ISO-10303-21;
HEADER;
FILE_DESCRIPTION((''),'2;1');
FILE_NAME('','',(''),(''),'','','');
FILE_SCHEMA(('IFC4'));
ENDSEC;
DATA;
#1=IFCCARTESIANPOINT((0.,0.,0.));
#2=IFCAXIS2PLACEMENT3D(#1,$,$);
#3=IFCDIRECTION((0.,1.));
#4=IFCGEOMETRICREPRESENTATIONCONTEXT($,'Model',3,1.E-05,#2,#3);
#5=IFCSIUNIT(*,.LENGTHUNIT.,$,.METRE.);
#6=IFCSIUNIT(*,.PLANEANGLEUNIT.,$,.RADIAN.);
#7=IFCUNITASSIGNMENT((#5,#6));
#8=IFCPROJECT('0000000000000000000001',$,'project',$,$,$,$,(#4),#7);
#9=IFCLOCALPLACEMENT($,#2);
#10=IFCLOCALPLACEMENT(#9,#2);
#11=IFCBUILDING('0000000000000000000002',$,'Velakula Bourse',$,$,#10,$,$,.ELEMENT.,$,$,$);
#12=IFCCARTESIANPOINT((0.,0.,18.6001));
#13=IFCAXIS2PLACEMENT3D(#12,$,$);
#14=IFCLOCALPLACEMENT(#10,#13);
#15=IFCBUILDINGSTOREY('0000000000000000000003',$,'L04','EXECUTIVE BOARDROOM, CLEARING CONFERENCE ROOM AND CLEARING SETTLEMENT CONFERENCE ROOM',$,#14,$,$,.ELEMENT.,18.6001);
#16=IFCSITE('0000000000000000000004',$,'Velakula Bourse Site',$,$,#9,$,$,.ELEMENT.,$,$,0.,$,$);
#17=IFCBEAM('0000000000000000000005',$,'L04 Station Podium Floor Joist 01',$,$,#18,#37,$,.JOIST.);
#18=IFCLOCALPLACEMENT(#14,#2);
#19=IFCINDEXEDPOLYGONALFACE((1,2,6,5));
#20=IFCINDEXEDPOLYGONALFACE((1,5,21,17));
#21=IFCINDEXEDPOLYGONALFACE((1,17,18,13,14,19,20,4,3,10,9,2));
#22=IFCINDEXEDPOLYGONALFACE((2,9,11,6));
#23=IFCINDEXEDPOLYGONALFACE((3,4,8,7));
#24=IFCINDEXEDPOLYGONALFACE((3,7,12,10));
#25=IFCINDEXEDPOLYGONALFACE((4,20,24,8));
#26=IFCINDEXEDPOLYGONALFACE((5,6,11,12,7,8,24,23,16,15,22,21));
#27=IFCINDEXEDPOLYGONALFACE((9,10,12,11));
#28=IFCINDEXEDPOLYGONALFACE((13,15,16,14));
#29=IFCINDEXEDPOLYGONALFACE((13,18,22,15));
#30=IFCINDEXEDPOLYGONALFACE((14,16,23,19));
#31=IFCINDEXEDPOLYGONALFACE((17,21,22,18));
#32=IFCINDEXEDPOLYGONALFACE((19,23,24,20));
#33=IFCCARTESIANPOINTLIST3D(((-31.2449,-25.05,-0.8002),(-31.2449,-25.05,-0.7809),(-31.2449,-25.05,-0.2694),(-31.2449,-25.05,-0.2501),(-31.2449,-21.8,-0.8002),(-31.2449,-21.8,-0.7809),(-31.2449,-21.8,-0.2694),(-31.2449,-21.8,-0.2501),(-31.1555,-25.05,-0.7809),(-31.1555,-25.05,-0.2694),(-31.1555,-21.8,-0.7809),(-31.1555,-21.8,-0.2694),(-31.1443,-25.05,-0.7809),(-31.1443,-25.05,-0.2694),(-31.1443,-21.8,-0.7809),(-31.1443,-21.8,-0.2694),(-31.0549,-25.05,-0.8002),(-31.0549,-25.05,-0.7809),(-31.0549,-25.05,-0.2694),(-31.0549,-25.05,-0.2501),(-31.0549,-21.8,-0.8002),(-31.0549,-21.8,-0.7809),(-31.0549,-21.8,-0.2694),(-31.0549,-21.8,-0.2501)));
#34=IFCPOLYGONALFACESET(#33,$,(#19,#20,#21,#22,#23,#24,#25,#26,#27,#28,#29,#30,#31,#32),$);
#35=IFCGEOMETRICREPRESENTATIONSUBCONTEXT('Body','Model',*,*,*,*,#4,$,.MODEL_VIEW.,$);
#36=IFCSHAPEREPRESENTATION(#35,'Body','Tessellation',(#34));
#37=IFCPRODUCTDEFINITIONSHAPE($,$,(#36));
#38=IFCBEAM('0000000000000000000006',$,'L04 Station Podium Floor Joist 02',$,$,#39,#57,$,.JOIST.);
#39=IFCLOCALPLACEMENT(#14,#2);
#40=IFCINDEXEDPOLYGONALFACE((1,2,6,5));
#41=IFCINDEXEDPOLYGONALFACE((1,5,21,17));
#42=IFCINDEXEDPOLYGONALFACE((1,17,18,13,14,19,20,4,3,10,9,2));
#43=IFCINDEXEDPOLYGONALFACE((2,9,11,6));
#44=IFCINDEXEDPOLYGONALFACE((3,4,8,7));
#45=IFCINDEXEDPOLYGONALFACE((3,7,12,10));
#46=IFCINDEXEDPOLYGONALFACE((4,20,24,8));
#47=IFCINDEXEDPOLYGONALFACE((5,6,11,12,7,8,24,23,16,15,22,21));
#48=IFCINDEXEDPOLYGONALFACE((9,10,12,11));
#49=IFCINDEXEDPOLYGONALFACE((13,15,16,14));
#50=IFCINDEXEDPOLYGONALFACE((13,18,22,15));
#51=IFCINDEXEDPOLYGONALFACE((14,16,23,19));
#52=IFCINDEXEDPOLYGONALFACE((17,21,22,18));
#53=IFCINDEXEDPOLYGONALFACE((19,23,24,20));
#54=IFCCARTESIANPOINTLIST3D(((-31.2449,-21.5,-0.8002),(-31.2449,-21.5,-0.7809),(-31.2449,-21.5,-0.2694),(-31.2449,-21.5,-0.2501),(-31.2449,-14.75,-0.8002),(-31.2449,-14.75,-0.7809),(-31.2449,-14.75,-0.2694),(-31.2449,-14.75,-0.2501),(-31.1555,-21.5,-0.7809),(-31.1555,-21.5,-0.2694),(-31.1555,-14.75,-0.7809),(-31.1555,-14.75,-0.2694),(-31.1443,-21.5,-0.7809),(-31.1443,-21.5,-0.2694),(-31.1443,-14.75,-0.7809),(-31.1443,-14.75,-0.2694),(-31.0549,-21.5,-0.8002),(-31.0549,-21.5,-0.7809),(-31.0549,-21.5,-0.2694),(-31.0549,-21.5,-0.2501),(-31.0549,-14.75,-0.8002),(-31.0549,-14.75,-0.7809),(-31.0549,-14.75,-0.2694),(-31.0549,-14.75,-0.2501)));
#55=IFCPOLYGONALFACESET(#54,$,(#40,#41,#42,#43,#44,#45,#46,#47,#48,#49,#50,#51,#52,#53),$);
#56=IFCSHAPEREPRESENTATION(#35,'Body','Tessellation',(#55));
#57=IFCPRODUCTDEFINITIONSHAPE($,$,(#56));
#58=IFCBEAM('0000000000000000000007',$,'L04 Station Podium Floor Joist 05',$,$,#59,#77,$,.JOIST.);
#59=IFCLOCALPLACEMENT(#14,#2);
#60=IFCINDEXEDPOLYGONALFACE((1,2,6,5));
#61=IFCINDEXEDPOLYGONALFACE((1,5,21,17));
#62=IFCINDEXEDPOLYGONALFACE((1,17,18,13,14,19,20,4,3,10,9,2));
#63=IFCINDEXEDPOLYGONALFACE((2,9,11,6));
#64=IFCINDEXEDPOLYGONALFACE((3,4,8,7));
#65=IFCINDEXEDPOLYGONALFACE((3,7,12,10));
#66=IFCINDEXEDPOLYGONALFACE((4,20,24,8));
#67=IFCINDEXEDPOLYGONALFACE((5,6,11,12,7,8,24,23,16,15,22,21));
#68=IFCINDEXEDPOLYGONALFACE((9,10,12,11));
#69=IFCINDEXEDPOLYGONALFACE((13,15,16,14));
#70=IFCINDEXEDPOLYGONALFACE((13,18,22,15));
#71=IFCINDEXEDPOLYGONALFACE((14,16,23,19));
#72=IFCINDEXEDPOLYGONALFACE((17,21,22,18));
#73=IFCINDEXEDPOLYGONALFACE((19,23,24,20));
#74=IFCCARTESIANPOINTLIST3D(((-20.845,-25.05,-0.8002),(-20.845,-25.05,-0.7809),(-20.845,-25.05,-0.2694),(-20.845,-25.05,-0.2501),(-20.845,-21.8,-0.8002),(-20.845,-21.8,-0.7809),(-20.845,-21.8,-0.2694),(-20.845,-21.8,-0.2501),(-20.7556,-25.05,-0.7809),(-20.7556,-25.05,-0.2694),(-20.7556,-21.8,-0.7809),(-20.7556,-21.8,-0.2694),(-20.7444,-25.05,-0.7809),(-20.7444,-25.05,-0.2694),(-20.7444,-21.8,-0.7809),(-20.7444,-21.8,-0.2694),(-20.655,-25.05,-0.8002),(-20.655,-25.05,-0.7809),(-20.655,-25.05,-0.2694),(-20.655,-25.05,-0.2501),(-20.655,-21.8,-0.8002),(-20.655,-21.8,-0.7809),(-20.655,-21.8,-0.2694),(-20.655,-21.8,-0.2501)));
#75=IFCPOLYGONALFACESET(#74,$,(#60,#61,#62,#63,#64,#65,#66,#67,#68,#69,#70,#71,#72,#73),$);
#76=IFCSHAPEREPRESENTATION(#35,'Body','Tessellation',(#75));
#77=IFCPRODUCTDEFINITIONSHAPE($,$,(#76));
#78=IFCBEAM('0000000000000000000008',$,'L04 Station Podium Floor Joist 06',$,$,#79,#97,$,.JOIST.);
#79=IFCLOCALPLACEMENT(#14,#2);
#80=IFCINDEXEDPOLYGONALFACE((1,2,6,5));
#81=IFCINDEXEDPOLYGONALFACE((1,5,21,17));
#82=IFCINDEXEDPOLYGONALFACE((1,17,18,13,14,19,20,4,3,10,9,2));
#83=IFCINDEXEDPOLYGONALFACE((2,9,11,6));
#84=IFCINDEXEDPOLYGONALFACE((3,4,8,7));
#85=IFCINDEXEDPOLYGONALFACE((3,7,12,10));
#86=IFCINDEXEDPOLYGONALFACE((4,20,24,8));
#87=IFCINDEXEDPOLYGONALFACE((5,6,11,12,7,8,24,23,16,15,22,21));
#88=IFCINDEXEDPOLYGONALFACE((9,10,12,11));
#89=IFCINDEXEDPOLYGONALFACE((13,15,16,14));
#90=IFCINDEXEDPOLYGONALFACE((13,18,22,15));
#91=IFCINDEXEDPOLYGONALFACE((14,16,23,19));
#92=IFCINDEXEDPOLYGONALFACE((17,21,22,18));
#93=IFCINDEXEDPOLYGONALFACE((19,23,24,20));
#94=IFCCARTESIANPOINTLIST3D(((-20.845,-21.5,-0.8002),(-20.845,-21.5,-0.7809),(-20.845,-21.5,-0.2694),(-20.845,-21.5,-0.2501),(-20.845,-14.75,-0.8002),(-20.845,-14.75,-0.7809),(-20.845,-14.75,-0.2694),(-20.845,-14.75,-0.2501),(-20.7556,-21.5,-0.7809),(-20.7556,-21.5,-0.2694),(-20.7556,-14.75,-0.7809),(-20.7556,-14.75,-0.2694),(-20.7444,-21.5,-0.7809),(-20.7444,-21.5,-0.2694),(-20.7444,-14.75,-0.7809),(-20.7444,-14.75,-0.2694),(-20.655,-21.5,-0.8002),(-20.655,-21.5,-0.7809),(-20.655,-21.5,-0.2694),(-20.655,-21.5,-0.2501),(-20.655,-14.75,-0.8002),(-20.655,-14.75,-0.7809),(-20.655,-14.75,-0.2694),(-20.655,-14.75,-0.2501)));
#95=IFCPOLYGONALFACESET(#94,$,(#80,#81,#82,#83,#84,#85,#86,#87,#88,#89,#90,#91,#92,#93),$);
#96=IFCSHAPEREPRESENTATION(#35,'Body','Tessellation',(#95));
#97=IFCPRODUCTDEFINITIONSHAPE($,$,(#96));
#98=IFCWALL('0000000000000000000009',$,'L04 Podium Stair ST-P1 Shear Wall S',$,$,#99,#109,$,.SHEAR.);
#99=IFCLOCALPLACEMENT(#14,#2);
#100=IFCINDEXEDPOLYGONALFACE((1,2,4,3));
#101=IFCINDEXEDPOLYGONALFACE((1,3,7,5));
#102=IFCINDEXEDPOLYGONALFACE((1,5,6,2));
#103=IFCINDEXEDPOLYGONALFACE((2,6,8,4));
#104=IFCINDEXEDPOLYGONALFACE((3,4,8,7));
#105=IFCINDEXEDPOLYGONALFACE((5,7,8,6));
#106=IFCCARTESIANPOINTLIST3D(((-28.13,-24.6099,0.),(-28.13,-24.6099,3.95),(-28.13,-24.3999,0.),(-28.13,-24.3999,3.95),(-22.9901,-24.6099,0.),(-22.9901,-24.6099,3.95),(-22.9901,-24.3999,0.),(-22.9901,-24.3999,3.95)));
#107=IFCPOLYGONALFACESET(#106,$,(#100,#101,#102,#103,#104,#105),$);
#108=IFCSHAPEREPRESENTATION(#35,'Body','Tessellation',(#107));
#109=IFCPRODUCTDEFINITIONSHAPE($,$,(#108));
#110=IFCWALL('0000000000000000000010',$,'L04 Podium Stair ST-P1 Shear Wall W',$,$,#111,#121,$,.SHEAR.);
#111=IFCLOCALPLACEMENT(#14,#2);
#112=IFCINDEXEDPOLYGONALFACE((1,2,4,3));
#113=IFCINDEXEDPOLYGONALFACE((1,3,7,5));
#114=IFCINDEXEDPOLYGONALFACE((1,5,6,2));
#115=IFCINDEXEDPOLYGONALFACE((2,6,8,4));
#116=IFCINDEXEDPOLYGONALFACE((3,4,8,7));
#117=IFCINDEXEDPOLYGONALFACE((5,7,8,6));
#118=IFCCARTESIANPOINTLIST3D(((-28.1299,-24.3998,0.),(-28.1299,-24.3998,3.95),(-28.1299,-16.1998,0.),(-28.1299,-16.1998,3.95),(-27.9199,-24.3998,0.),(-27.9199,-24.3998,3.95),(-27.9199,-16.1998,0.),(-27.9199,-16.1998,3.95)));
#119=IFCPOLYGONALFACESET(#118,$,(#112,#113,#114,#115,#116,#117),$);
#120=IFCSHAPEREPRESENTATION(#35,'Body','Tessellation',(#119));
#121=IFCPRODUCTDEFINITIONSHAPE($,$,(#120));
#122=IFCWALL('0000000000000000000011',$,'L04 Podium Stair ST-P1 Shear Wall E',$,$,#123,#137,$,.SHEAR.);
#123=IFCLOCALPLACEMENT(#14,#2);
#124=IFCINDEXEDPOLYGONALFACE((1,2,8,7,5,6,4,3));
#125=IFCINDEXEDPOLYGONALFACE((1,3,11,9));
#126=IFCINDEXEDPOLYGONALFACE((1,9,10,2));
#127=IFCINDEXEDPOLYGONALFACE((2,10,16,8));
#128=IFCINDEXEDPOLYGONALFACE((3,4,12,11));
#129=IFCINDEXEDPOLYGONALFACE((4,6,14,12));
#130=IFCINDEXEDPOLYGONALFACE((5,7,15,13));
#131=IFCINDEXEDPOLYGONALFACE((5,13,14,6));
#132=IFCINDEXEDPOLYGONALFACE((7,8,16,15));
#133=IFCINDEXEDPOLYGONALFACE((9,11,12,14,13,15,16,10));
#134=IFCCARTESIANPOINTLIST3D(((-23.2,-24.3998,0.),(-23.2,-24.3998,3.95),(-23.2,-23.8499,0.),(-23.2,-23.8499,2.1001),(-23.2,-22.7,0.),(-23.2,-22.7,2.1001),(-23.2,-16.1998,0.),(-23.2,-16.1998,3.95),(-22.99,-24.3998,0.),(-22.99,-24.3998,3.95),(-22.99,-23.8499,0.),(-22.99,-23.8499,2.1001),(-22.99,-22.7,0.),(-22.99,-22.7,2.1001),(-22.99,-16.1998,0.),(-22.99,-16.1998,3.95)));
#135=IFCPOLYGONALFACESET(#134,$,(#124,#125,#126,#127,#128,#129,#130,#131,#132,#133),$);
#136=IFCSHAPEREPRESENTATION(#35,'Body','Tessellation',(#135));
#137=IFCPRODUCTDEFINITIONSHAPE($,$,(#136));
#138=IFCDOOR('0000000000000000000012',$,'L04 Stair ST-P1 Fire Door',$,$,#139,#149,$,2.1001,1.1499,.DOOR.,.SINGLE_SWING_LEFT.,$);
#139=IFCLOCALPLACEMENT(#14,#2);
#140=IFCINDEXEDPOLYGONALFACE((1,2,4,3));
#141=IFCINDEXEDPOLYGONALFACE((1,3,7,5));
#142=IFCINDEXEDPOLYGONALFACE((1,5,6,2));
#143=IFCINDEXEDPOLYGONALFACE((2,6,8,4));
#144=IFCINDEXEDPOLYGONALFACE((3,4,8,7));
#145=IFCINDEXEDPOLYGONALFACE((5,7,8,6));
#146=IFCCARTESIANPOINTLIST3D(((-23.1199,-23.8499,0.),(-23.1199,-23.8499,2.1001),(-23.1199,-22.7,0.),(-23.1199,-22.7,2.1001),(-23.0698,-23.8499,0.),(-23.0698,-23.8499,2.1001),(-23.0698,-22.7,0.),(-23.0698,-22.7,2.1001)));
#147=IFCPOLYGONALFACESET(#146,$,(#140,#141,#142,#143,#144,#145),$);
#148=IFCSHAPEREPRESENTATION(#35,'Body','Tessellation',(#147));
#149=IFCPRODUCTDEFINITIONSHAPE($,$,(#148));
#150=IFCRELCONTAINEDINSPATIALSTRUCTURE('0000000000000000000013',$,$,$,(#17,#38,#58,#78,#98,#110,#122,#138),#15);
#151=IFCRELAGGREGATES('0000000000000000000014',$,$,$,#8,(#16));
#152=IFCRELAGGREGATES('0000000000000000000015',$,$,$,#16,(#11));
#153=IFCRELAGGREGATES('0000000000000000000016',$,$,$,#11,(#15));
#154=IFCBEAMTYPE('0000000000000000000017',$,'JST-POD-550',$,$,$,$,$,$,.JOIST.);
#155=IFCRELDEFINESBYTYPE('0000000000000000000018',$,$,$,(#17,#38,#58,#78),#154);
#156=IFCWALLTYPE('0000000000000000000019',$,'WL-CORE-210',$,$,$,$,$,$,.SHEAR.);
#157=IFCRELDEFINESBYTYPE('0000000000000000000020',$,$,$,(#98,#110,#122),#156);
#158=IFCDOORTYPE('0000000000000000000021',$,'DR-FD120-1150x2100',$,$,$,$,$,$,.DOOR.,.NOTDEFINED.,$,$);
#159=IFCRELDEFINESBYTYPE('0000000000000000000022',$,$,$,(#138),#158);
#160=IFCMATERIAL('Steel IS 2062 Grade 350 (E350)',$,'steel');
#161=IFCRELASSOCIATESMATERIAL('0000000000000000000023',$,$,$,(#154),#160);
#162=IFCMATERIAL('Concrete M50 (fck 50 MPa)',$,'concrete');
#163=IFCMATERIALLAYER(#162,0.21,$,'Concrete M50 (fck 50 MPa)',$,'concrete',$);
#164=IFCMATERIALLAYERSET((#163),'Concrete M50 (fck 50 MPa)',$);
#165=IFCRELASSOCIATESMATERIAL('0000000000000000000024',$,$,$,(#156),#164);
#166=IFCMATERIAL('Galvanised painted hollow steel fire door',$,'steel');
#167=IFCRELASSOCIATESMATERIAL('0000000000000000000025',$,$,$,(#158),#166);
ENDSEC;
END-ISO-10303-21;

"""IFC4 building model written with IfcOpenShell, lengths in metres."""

from ifc_helpers import new_model, si_unit, direction, frame, frame_2d, origin, origin_2d, place, context, subcontext, project, spatial, rectangle, i_section, extrude, material, layer, layer_set, material_profile, profile_set, type_object, element, fill, save


model = new_model("IFC4")

# Units and contexts
model_context = context("Model", 3, precision=1e-05, world=origin(), true_north=direction((0.0, 1.0)))
body_context = subcontext(model_context, "Body", "Model", "MODEL_VIEW")
ifc_project = project(units=[si_unit("LENGTHUNIT", "METRE"), si_unit("PLANEANGLEUNIT", "RADIAN")], contexts=[model_context])

# Site, building, storey
site_placement = place(None, origin())
site = spatial("IfcSite", under=ifc_project, at=site_placement, Name="Velakula Bourse Site", CompositionType="ELEMENT", RefElevation=0.0)
building_placement = place(site_placement, origin())
building = spatial("IfcBuilding", under=site, at=building_placement, Name="Velakula Bourse", CompositionType="ELEMENT")
storey_placement = place(building_placement, frame((0.0, 0.0, 18.6001)))
storey = spatial("IfcBuildingStorey", under=building, at=storey_placement, Name="L04", Description="EXECUTIVE BOARDROOM, CLEARING CONFERENCE ROOM AND CLEARING SETTLEMENT CONFERENCE ROOM", CompositionType="ELEMENT", Elevation=18.6001)

# Beams
ifc_material_1 = material(Name="Steel IS 2062 Grade 350 (E350)", Category="steel")
ifc_material_profile_1 = material_profile(ifc_material_1, i_section(OverallWidth=0.1899, OverallDepth=0.55, WebThickness=0.0112, FlangeThickness=0.0193, at=origin_2d()), Name="Steel IS 2062 Grade 350 (E350)")
ifc_profile_set_1 = profile_set([ifc_material_profile_1], Name="Steel IS 2062 Grade 350 (E350)")
beam_type_1 = type_object("IfcBeamType", Name="JST-POD-550", PredefinedType="JOIST", material=ifc_profile_set_1)
beam_1_placement = place(storey_placement, frame((-31.1499, -25.05, -0.5251), z_axis=(0.0, 1.0, 0.0), x_axis=(-1.0, 0.0, 0.0)))
element("IfcBeam", 1, at=beam_1_placement, inside=storey, type_object=beam_type_1, Name="L04 Station Podium Floor Joist 01", PredefinedType="JOIST", context=body_context, shape_type="SweptSolid", body=[
    extrude(i_section(OverallWidth=0.1899, OverallDepth=0.55, WebThickness=0.0112, FlangeThickness=0.0193, at=origin_2d()), origin(), (0.0, 0.0, 1.0), 3.25),
])
beam_2_placement = place(storey_placement, frame((-31.1499, -21.5, -0.5251), z_axis=(0.0, 1.0, 0.0), x_axis=(-1.0, 0.0, 0.0)))
element("IfcBeam", 2, at=beam_2_placement, inside=storey, type_object=beam_type_1, Name="L04 Station Podium Floor Joist 02", PredefinedType="JOIST", context=body_context, shape_type="SweptSolid", body=[
    extrude(i_section(OverallWidth=0.1899, OverallDepth=0.55, WebThickness=0.0112, FlangeThickness=0.0193, at=origin_2d()), origin(), (0.0, 0.0, 1.0), 6.75),
])
beam_3_placement = place(storey_placement, frame((-20.75, -25.05, -0.5251), z_axis=(0.0, 1.0, 0.0), x_axis=(-1.0, 0.0, 0.0)))
element("IfcBeam", 3, at=beam_3_placement, inside=storey, type_object=beam_type_1, Name="L04 Station Podium Floor Joist 05", PredefinedType="JOIST", context=body_context, shape_type="SweptSolid", body=[
    extrude(i_section(OverallWidth=0.1899, OverallDepth=0.55, WebThickness=0.0112, FlangeThickness=0.0193, at=origin_2d()), origin(), (0.0, 0.0, 1.0), 3.25),
])
beam_4_placement = place(storey_placement, frame((-20.75, -21.5, -0.5251), z_axis=(0.0, 1.0, 0.0), x_axis=(-1.0, 0.0, 0.0)))
element("IfcBeam", 4, at=beam_4_placement, inside=storey, type_object=beam_type_1, Name="L04 Station Podium Floor Joist 06", PredefinedType="JOIST", context=body_context, shape_type="SweptSolid", body=[
    extrude(i_section(OverallWidth=0.1899, OverallDepth=0.55, WebThickness=0.0112, FlangeThickness=0.0193, at=origin_2d()), origin(), (0.0, 0.0, 1.0), 6.75),
])

# Walls
ifc_material_2 = material(Name="Concrete M50 (fck 50 MPa)", Category="concrete")
ifc_layer_1 = layer(ifc_material_2, 0.21, Name="Concrete M50 (fck 50 MPa)", Category="concrete")
ifc_layer_set_1 = layer_set([ifc_layer_1], Name="Concrete M50 (fck 50 MPa)")
wall_type_1 = type_object("IfcWallType", Name="WL-CORE-210", PredefinedType="SHEAR", material=ifc_layer_set_1)
wall_1_placement = place(storey_placement, frame((-28.1299, -24.5049, 0.0), z_axis=(0.0, 0.0, 1.0), x_axis=(1.0, 0.0, 0.0)))
element("IfcWall", 5, at=wall_1_placement, inside=storey, type_object=wall_type_1, Name="L04 Podium Stair ST-P1 Shear Wall S", PredefinedType="SHEAR", context=body_context, shape_type="SweptSolid", body=[
    extrude(rectangle(XDim=5.1399, YDim=0.21, at=frame_2d((2.5698, 0.0))), origin(), (0.0, 0.0, 1.0), 3.95),
])
wall_2_placement = place(storey_placement, frame((-28.0249, -24.3999, 0.0), z_axis=(0.0, 0.0, 1.0), x_axis=(0.0, 1.0, 0.0)))
element("IfcWall", 6, at=wall_2_placement, inside=storey, type_object=wall_type_1, Name="L04 Podium Stair ST-P1 Shear Wall W", PredefinedType="SHEAR", context=body_context, shape_type="SweptSolid", body=[
    extrude(rectangle(XDim=8.2, YDim=0.21, at=frame_2d((4.1001, 0.0))), origin(), (0.0, 0.0, 1.0), 3.95),
])

# Wall, opening, door
wall_3_placement = place(storey_placement, frame((-23.095, -24.3999, 0.0), z_axis=(0.0, 0.0, 1.0), x_axis=(0.0, 1.0, 0.0)))
wall_3 = element("IfcWall", 7, at=wall_3_placement, inside=storey, type_object=wall_type_1, Name="L04 Podium Stair ST-P1 Shear Wall E", PredefinedType="SHEAR", context=body_context, shape_type="SweptSolid", body=[
    extrude(rectangle(XDim=8.2, YDim=0.21, at=frame_2d((4.1001, 0.0))), origin(), (0.0, 0.0, 1.0), 3.95),
])
opening_1_placement = place(wall_3_placement, frame((0.55, 0.0, 0.0)))
opening_1 = element("IfcOpeningElement", 8, at=opening_1_placement, cuts=wall_3, PredefinedType="OPENING", context=body_context, shape_type="SweptSolid", body=[
    extrude(rectangle(XDim=1.1499, YDim=2.1001, at=frame_2d((0.575, 1.05))), frame((0.0, 0.115, 0.0), z_axis=(0.0, -1.0, 0.0), x_axis=(1.0, 0.0, 0.0)), (0.0, 0.0, 1.0), 0.23),
])
ifc_material_3 = material(Name="Galvanised painted hollow steel fire door", Category="steel")
door_type = type_object("IfcDoorType", Name="DR-FD120-1150x2100", OperationType="NOTDEFINED", PredefinedType="DOOR", material=ifc_material_3)
door_placement = place(opening_1_placement, origin())
door = element("IfcDoor", 9, at=door_placement, inside=storey, type_object=door_type, Name="L04 Stair ST-P1 Fire Door", OperationType="SINGLE_SWING_LEFT", OverallHeight=2.1001, OverallWidth=1.1499, PredefinedType="DOOR", context=body_context, shape_type="SweptSolid", body=[
    extrude(rectangle(XDim=1.1499, YDim=2.1001, at=frame_2d((0.575, 1.05))), frame((0.0, 0.0249, 0.0), z_axis=(0.0, -1.0, 0.0), x_axis=(1.0, 0.0, 0.0)), (0.0, 0.0, 1.0), 0.05),
])
fill(opening_1, door)

save(model, "model.ifc")
